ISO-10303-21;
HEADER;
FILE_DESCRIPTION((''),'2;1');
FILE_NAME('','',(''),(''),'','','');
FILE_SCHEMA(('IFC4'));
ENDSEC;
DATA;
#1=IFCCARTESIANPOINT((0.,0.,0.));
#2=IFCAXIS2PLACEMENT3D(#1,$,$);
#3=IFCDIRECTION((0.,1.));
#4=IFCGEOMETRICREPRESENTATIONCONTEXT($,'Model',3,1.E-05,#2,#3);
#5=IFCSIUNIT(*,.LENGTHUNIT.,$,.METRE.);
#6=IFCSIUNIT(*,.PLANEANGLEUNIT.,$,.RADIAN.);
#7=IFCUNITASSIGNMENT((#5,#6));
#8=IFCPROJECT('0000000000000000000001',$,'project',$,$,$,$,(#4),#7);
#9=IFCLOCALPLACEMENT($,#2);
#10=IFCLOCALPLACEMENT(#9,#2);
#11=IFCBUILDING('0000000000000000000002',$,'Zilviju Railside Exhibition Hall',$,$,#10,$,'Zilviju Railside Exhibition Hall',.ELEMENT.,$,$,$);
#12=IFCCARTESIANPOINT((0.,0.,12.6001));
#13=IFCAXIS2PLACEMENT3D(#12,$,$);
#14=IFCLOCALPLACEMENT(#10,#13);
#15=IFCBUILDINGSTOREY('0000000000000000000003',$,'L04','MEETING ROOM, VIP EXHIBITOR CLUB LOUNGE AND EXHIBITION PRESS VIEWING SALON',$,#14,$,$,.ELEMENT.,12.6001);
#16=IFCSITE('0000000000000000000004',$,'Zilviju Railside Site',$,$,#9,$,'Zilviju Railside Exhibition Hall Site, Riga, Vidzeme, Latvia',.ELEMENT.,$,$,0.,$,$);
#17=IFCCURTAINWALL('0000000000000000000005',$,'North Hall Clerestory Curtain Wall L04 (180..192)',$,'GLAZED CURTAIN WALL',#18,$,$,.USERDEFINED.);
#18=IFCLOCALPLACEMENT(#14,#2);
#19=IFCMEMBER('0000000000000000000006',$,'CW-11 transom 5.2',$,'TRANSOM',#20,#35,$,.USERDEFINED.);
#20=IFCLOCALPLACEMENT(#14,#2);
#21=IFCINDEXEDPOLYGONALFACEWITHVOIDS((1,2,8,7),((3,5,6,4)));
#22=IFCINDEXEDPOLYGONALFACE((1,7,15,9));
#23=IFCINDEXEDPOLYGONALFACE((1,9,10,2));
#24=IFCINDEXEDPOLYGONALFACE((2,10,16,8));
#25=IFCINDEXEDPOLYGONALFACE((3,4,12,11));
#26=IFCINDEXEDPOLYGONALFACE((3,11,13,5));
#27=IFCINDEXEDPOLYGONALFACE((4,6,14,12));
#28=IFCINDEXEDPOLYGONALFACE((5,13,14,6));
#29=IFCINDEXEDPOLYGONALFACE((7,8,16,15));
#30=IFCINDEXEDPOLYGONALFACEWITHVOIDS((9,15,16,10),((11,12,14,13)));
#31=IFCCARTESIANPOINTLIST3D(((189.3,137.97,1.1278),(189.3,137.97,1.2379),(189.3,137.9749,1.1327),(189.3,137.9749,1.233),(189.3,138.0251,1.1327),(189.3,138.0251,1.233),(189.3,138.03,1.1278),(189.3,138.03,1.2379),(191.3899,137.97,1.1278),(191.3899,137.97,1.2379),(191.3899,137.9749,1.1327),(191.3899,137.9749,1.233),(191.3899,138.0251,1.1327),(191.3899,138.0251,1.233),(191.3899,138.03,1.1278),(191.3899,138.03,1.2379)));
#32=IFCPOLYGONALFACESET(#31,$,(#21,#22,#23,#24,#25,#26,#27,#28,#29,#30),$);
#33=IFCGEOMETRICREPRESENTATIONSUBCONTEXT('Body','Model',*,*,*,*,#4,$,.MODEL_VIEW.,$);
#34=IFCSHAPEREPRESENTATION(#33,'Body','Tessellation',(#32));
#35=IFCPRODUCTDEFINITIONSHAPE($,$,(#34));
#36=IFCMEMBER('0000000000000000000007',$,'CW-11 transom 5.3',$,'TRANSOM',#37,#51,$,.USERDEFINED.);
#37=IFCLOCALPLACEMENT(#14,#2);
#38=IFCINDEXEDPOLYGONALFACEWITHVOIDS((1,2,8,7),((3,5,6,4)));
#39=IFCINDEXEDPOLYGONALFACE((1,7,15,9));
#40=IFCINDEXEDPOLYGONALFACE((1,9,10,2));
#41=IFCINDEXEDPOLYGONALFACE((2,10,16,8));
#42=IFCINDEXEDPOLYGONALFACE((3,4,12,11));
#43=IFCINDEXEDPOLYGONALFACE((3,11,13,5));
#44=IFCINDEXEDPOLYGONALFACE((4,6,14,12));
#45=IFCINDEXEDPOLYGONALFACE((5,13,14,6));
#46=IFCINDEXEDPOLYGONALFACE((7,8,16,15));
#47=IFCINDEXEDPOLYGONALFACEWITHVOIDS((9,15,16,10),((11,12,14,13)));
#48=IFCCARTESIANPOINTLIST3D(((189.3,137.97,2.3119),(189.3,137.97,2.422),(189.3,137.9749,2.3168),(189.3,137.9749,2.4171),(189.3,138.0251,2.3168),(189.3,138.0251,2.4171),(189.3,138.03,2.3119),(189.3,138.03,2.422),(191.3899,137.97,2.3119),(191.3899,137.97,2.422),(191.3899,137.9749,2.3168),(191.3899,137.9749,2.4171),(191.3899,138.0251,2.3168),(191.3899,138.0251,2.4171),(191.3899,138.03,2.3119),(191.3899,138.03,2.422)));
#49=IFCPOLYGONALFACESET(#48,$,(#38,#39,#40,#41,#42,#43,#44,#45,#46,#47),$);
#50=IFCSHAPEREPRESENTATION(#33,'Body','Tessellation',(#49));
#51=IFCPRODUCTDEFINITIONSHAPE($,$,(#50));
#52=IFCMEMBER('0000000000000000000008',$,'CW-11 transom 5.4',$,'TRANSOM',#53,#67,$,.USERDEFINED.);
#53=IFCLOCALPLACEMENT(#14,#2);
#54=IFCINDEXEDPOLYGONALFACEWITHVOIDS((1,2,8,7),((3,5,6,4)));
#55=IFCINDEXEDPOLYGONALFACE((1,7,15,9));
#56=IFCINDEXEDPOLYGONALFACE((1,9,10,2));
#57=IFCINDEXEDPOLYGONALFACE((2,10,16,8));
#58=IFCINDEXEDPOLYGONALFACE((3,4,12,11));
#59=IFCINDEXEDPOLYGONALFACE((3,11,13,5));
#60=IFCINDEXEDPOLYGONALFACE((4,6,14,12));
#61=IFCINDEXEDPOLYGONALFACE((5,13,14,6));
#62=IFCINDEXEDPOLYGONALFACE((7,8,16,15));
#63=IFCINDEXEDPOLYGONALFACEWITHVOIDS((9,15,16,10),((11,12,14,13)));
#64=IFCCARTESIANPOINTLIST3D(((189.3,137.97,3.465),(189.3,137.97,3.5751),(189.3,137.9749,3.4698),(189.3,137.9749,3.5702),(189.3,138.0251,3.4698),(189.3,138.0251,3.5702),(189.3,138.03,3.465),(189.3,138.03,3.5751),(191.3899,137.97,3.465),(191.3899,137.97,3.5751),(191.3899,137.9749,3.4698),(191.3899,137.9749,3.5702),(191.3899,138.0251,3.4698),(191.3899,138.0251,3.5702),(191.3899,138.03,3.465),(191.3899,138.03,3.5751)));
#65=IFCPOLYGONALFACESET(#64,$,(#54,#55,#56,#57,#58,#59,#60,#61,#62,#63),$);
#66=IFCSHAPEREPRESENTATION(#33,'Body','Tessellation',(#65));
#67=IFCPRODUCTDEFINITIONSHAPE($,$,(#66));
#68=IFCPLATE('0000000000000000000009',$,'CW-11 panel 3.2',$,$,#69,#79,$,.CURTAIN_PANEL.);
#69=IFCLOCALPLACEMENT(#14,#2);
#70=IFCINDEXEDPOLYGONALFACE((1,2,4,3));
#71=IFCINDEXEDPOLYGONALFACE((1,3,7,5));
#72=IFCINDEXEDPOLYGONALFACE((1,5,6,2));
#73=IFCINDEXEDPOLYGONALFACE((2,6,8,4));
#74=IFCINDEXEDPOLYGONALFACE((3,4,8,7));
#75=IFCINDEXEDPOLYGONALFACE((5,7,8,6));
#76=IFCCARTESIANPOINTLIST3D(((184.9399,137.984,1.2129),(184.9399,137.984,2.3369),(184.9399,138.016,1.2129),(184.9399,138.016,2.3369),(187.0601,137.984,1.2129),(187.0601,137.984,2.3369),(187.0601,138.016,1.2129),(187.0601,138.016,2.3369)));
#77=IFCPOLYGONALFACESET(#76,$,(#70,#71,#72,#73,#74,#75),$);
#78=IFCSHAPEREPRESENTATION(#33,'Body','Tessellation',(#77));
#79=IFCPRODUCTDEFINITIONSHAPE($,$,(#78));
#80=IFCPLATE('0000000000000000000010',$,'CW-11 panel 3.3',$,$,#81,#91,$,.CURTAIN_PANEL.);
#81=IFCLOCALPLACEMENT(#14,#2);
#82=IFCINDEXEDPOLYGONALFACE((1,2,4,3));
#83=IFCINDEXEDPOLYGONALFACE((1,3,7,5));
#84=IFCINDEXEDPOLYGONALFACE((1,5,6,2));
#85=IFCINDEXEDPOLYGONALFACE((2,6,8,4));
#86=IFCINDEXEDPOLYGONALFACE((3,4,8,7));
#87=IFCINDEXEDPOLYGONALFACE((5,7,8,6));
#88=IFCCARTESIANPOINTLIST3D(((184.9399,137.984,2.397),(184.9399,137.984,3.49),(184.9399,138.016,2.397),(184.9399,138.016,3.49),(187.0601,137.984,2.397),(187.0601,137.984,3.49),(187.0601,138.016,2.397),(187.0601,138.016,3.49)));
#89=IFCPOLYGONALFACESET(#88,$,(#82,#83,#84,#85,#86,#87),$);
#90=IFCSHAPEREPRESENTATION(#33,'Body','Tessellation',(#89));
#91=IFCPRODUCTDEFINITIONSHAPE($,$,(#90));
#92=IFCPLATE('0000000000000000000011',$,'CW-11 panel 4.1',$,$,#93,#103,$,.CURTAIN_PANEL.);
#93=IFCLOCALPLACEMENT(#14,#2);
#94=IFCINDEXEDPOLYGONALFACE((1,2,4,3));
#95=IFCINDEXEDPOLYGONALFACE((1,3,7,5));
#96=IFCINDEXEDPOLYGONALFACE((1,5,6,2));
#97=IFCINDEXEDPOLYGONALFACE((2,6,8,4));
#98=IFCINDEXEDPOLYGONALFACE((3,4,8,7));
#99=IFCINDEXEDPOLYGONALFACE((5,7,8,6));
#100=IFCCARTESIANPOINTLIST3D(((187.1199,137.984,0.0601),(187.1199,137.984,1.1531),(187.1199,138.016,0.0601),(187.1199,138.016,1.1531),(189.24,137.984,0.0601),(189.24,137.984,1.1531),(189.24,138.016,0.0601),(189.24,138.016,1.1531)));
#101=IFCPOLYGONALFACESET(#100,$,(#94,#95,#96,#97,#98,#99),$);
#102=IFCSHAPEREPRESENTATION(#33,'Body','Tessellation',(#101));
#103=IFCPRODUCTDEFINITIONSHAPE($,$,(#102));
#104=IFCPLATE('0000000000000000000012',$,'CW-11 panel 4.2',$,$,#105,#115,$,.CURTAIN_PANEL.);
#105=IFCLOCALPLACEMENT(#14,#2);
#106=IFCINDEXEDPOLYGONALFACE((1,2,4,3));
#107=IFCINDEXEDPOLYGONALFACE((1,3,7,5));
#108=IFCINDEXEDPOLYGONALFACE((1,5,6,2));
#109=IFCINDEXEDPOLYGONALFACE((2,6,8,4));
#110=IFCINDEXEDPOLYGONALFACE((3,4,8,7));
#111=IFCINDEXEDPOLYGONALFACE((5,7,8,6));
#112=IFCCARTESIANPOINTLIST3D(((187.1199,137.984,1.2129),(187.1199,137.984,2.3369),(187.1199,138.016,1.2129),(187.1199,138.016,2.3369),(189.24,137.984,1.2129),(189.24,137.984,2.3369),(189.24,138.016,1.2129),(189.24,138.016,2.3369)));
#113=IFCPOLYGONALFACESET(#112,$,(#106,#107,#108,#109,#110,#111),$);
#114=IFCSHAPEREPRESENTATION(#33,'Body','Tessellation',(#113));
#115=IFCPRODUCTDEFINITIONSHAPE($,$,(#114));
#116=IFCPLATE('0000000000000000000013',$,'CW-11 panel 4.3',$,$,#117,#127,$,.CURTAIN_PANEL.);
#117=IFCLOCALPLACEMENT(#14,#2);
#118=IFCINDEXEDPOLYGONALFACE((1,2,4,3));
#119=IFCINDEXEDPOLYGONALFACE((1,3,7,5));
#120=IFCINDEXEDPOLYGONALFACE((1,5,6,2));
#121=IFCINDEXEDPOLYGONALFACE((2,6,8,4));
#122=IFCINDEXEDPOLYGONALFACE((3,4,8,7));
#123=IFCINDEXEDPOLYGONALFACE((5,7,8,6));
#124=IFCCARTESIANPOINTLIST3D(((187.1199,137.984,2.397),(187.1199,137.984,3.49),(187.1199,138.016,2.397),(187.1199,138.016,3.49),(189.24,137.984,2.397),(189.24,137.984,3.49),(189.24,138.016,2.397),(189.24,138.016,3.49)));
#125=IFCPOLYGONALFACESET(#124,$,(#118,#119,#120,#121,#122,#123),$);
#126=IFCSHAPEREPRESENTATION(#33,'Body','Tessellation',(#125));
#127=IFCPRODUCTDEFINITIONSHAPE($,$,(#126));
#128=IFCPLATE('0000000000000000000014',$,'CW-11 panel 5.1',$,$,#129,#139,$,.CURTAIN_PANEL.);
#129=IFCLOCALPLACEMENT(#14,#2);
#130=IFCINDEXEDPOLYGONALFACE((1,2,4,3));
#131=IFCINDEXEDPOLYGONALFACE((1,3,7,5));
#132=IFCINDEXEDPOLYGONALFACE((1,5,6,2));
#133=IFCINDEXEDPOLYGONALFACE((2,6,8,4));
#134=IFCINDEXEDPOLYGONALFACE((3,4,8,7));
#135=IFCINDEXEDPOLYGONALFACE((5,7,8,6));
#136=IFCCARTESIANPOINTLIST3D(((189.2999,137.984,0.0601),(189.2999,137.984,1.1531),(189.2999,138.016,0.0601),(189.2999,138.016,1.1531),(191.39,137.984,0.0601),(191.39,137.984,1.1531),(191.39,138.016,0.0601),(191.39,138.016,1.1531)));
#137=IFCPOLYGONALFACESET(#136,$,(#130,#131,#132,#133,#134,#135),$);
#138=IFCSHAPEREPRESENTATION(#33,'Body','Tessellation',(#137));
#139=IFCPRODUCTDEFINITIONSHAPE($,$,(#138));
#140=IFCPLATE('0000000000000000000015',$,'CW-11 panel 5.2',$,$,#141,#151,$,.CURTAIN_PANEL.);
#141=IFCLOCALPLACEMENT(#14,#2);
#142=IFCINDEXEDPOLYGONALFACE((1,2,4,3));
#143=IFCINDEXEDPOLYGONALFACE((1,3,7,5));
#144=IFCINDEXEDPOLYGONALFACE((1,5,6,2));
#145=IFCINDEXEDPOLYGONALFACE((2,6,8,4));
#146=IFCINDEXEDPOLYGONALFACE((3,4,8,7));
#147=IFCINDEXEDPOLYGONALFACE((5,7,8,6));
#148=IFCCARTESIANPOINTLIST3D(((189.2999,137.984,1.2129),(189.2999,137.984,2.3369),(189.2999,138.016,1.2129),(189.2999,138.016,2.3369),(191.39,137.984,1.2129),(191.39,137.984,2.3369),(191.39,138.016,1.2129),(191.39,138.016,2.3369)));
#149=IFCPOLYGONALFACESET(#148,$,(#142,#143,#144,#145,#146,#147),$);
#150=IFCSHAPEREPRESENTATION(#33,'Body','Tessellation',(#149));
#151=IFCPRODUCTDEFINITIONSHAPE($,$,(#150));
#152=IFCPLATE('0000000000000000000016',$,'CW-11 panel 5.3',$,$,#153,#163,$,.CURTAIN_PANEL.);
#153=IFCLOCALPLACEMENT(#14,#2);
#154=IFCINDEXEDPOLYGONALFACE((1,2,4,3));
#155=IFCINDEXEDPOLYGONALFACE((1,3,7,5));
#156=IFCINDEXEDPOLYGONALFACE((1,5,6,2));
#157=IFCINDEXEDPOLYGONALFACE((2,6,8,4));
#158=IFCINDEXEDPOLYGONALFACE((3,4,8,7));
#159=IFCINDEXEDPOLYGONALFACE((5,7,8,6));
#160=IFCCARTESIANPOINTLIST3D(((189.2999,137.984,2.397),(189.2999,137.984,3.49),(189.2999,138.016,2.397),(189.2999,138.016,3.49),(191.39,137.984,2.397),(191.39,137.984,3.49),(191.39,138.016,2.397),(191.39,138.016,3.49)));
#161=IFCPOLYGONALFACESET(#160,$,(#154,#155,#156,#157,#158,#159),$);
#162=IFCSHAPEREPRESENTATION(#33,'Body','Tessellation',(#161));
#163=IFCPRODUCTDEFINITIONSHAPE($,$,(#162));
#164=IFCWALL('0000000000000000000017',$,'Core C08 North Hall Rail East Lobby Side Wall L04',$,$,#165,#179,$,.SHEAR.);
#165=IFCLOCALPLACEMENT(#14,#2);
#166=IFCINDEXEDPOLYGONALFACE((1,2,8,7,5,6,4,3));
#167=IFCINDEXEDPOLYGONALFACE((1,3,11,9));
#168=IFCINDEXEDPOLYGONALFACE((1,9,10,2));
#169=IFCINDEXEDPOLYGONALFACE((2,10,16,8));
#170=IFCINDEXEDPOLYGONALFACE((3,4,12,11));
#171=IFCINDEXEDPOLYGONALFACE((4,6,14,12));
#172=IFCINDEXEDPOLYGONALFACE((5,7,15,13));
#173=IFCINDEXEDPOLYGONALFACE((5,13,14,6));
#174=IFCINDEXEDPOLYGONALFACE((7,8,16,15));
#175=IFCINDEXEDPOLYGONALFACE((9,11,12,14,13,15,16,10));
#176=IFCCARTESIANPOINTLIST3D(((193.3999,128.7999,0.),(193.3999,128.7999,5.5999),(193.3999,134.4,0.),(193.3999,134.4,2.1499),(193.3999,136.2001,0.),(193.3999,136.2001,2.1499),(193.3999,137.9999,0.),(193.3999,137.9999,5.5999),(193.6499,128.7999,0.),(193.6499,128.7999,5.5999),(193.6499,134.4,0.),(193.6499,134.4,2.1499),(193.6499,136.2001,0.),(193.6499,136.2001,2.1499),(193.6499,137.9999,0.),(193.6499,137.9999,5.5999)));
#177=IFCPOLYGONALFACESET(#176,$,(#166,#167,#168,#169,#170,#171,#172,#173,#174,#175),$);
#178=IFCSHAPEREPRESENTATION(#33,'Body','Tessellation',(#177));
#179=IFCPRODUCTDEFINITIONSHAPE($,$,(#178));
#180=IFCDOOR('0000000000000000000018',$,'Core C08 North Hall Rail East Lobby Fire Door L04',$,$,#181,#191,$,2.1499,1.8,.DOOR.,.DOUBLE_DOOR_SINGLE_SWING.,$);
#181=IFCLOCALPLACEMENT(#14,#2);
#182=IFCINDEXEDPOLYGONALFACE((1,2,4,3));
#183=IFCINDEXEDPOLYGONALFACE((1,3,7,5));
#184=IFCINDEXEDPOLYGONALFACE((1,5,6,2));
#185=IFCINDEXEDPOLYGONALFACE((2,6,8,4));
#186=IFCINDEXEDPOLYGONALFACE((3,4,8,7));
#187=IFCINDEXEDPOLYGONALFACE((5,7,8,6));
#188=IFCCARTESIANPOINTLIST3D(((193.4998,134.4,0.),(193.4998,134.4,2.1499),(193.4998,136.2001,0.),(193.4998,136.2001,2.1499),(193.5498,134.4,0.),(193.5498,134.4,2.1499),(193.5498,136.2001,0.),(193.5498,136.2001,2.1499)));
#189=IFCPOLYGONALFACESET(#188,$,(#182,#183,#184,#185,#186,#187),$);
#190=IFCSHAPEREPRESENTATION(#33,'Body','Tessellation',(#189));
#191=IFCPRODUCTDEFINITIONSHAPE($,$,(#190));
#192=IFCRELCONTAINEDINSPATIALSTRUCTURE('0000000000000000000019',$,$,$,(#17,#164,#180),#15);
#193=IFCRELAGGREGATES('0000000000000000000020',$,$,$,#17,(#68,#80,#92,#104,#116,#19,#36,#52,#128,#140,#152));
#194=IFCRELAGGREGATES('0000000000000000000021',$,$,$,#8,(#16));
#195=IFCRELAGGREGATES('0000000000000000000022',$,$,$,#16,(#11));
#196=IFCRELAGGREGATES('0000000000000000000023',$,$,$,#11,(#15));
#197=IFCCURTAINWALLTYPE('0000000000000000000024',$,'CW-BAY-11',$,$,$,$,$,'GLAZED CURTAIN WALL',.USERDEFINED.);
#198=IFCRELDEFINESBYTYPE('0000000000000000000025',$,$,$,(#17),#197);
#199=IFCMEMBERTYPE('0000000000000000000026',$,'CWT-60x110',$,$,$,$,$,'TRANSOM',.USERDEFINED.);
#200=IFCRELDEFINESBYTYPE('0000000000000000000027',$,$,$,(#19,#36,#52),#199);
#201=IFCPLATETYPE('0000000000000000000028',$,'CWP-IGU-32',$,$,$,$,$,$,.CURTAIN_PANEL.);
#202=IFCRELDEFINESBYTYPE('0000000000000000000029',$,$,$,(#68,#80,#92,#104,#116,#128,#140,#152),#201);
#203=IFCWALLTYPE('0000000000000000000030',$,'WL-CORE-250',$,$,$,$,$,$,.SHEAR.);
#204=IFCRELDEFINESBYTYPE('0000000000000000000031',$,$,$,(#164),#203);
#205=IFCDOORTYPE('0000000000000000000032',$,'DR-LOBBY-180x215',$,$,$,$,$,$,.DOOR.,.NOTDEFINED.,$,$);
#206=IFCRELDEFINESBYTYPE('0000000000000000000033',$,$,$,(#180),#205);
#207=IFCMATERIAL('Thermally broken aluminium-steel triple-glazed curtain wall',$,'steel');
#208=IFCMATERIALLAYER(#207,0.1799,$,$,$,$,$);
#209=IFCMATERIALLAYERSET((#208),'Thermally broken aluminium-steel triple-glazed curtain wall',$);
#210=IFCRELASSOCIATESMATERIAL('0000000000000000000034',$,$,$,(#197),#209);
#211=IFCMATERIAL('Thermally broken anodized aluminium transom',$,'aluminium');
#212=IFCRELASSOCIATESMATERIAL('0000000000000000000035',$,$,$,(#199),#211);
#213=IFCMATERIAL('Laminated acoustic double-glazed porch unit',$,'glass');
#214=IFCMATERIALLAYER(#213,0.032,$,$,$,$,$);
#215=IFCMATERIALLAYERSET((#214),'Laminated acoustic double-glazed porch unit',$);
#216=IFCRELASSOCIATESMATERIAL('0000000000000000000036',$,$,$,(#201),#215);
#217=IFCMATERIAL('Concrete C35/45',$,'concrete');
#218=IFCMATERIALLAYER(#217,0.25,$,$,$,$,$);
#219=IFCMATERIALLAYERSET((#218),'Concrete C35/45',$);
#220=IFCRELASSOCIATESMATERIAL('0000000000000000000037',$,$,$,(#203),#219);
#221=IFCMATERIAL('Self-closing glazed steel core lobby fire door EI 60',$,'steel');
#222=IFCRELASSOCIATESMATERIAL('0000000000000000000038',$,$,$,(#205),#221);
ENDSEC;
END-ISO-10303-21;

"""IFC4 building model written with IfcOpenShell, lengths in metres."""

from ifc_helpers import new_model, si_unit, direction, frame, frame_2d, origin, origin_2d, place, context, subcontext, project, spatial, rectangle, hollow_rectangle, extrude, material, layer, layer_set, material_profile, profile_set, type_object, element, fill, aggregate, save


model = new_model("IFC4")

# Units and contexts
model_context = context("Model", 3, precision=1e-05, world=origin(), true_north=direction((0.0, 1.0)))
body_context = subcontext(model_context, "Body", "Model", "MODEL_VIEW")
ifc_project = project(units=[si_unit("LENGTHUNIT", "METRE"), si_unit("PLANEANGLEUNIT", "RADIAN")], contexts=[model_context])

# Site, building, storey
site_placement = place(None, origin())
site = spatial("IfcSite", under=ifc_project, at=site_placement, Name="Zilviju Railside Site", LongName="Zilviju Railside Exhibition Hall Site, Riga, Vidzeme, Latvia", CompositionType="ELEMENT", RefElevation=0.0)
building_placement = place(site_placement, origin())
building = spatial("IfcBuilding", under=site, at=building_placement, Name="Zilviju Railside Exhibition Hall", LongName="Zilviju Railside Exhibition Hall", CompositionType="ELEMENT")
storey_placement = place(building_placement, frame((0.0, 0.0, 12.6001)))
storey = spatial("IfcBuildingStorey", under=building, at=storey_placement, Name="L04", Description="MEETING ROOM, VIP EXHIBITOR CLUB LOUNGE AND EXHIBITION PRESS VIEWING SALON", CompositionType="ELEMENT", Elevation=12.6001)

# Curtain wall, members, plates
ifc_material_1 = material(Name="Thermally broken aluminium-steel triple-glazed curtain wall", Category="steel")
ifc_layer_1 = layer(ifc_material_1, 0.1799)
ifc_layer_set_1 = layer_set([ifc_layer_1], Name="Thermally broken aluminium-steel triple-glazed curtain wall")
curtain_wall_type = type_object("IfcCurtainWallType", Name="CW-BAY-11", ElementType="GLAZED CURTAIN WALL", PredefinedType="USERDEFINED", material=ifc_layer_set_1)
curtain_wall_placement = place(storey_placement, origin())
curtain_wall = element("IfcCurtainWall", 1, at=curtain_wall_placement, inside=storey, type_object=curtain_wall_type, Name="North Hall Clerestory Curtain Wall L04 (180..192)", ObjectType="GLAZED CURTAIN WALL", PredefinedType="USERDEFINED")
ifc_material_2 = material(Name="Thermally broken anodized aluminium transom", Category="aluminium")
ifc_material_profile_1 = material_profile(ifc_material_2, hollow_rectangle(XDim=0.0601, YDim=0.1101, WallThickness=0.0049, at=origin_2d()), Name="TRANSOM 110x60x5")
ifc_profile_set_1 = profile_set([ifc_material_profile_1], Name="Thermally broken anodized aluminium transom")
member_type_1 = type_object("IfcMemberType", Name="CWT-60x110", ElementType="TRANSOM", PredefinedType="USERDEFINED", material=ifc_profile_set_1)
member_1_placement = place(storey_placement, frame((189.3, 138.0, 1.1829), z_axis=(1.0, 0.0, 0.0), x_axis=(0.0, 1.0, 0.0)))
member_1 = element("IfcMember", 2, at=member_1_placement, type_object=member_type_1, Name="CW-11 transom 5.2", ObjectType="TRANSOM", PredefinedType="USERDEFINED", context=body_context, shape_type="SweptSolid", body=[
    extrude(hollow_rectangle(XDim=0.0601, YDim=0.1101, WallThickness=0.0049, at=origin_2d()), origin(), (0.0, 0.0, 1.0), 2.0898),
])
member_2_placement = place(storey_placement, frame((189.3, 138.0, 2.3669), z_axis=(1.0, 0.0, 0.0), x_axis=(0.0, 1.0, 0.0)))
member_2 = element("IfcMember", 3, at=member_2_placement, type_object=member_type_1, Name="CW-11 transom 5.3", ObjectType="TRANSOM", PredefinedType="USERDEFINED", context=body_context, shape_type="SweptSolid", body=[
    extrude(hollow_rectangle(XDim=0.0601, YDim=0.1101, WallThickness=0.0049, at=origin_2d()), origin(), (0.0, 0.0, 1.0), 2.0898),
])
member_3_placement = place(storey_placement, frame((189.3, 138.0, 3.52), z_axis=(1.0, 0.0, 0.0), x_axis=(0.0, 1.0, 0.0)))
member_3 = element("IfcMember", 4, at=member_3_placement, type_object=member_type_1, Name="CW-11 transom 5.4", ObjectType="TRANSOM", PredefinedType="USERDEFINED", context=body_context, shape_type="SweptSolid", body=[
    extrude(hollow_rectangle(XDim=0.0601, YDim=0.1101, WallThickness=0.0049, at=origin_2d()), origin(), (0.0, 0.0, 1.0), 2.0898),
])
ifc_material_3 = material(Name="Laminated acoustic double-glazed porch unit", Category="glass")
ifc_layer_2 = layer(ifc_material_3, 0.032)
ifc_layer_set_2 = layer_set([ifc_layer_2], Name="Laminated acoustic double-glazed porch unit")
plate_type = type_object("IfcPlateType", Name="CWP-IGU-32", PredefinedType="CURTAIN_PANEL", material=ifc_layer_set_2)
plate_1_placement = place(storey_placement, frame((186.0, 138.0, 1.2129), z_axis=(0.0, 0.0, 1.0), x_axis=(1.0, 0.0, 0.0)))
plate_1 = element("IfcPlate", 5, at=plate_1_placement, type_object=plate_type, Name="CW-11 panel 3.2", PredefinedType="CURTAIN_PANEL", context=body_context, shape_type="SweptSolid", body=[
    extrude(rectangle(XDim=2.1201, YDim=0.032, at=origin_2d()), origin(), (0.0, 0.0, 1.0), 1.124),
])
plate_2_placement = place(storey_placement, frame((186.0, 138.0, 2.397), z_axis=(0.0, 0.0, 1.0), x_axis=(1.0, 0.0, 0.0)))
plate_2 = element("IfcPlate", 6, at=plate_2_placement, type_object=plate_type, Name="CW-11 panel 3.3", PredefinedType="CURTAIN_PANEL", context=body_context, shape_type="SweptSolid", body=[
    extrude(rectangle(XDim=2.1201, YDim=0.032, at=origin_2d()), origin(), (0.0, 0.0, 1.0), 1.093),
])
plate_3_placement = place(storey_placement, frame((188.1799, 138.0, 0.0601), z_axis=(0.0, 0.0, 1.0), x_axis=(1.0, 0.0, 0.0)))
plate_3 = element("IfcPlate", 7, at=plate_3_placement, type_object=plate_type, Name="CW-11 panel 4.1", PredefinedType="CURTAIN_PANEL", context=body_context, shape_type="SweptSolid", body=[
    extrude(rectangle(XDim=2.1201, YDim=0.032, at=origin_2d()), origin(), (0.0, 0.0, 1.0), 1.093),
])
plate_4_placement = place(storey_placement, frame((188.1799, 138.0, 1.2129), z_axis=(0.0, 0.0, 1.0), x_axis=(1.0, 0.0, 0.0)))
plate_4 = element("IfcPlate", 8, at=plate_4_placement, type_object=plate_type, Name="CW-11 panel 4.2", PredefinedType="CURTAIN_PANEL", context=body_context, shape_type="SweptSolid", body=[
    extrude(rectangle(XDim=2.1201, YDim=0.032, at=origin_2d()), origin(), (0.0, 0.0, 1.0), 1.124),
])
plate_5_placement = place(storey_placement, frame((188.1799, 138.0, 2.397), z_axis=(0.0, 0.0, 1.0), x_axis=(1.0, 0.0, 0.0)))
plate_5 = element("IfcPlate", 9, at=plate_5_placement, type_object=plate_type, Name="CW-11 panel 4.3", PredefinedType="CURTAIN_PANEL", context=body_context, shape_type="SweptSolid", body=[
    extrude(rectangle(XDim=2.1201, YDim=0.032, at=origin_2d()), origin(), (0.0, 0.0, 1.0), 1.093),
])
plate_6_placement = place(storey_placement, frame((190.345, 138.0, 0.0601), z_axis=(0.0, 0.0, 1.0), x_axis=(1.0, 0.0, 0.0)))
plate_6 = element("IfcPlate", 10, at=plate_6_placement, type_object=plate_type, Name="CW-11 panel 5.1", PredefinedType="CURTAIN_PANEL", context=body_context, shape_type="SweptSolid", body=[
    extrude(rectangle(XDim=2.0901, YDim=0.032, at=origin_2d()), origin(), (0.0, 0.0, 1.0), 1.093),
])
plate_7_placement = place(storey_placement, frame((190.345, 138.0, 1.2129), z_axis=(0.0, 0.0, 1.0), x_axis=(1.0, 0.0, 0.0)))
plate_7 = element("IfcPlate", 11, at=plate_7_placement, type_object=plate_type, Name="CW-11 panel 5.2", PredefinedType="CURTAIN_PANEL", context=body_context, shape_type="SweptSolid", body=[
    extrude(rectangle(XDim=2.0901, YDim=0.032, at=origin_2d()), origin(), (0.0, 0.0, 1.0), 1.124),
])
plate_8_placement = place(storey_placement, frame((190.345, 138.0, 2.397), z_axis=(0.0, 0.0, 1.0), x_axis=(1.0, 0.0, 0.0)))
plate_8 = element("IfcPlate", 12, at=plate_8_placement, type_object=plate_type, Name="CW-11 panel 5.3", PredefinedType="CURTAIN_PANEL", context=body_context, shape_type="SweptSolid", body=[
    extrude(rectangle(XDim=2.0901, YDim=0.032, at=origin_2d()), origin(), (0.0, 0.0, 1.0), 1.093),
])
aggregate(curtain_wall, [plate_1, plate_2, plate_3, plate_4, plate_5, member_1, member_2, member_3, plate_6, plate_7, plate_8])

# Wall, opening, door
ifc_material_4 = material(Name="Concrete C35/45", Category="concrete")
ifc_layer_3 = layer(ifc_material_4, 0.25)
ifc_layer_set_3 = layer_set([ifc_layer_3], Name="Concrete C35/45")
wall_type_1 = type_object("IfcWallType", Name="WL-CORE-250", PredefinedType="SHEAR", material=ifc_layer_set_3)
wall_1_placement = place(storey_placement, frame((193.5249, 138.0, 0.0), z_axis=(0.0, 0.0, 1.0), x_axis=(0.0, -1.0, 0.0)))
wall_1 = element("IfcWall", 13, at=wall_1_placement, inside=storey, type_object=wall_type_1, Name="Core C08 North Hall Rail East Lobby Side Wall L04", PredefinedType="SHEAR", context=body_context, shape_type="SweptSolid", body=[
    extrude(rectangle(XDim=9.2, YDim=0.25, at=frame_2d((4.6001, 0.0))), origin(), (0.0, 0.0, 1.0), 5.5999),
])
opening_placement = place(wall_1_placement, frame((1.8, 0.0, 0.0)))
opening = element("IfcOpeningElement", 14, at=opening_placement, cuts=wall_1, PredefinedType="OPENING", context=body_context, shape_type="SweptSolid", body=[
    extrude(rectangle(XDim=1.8, YDim=2.1499, at=frame_2d((0.8999, 1.075))), frame((0.0, 0.135, 0.0), z_axis=(0.0, -1.0, 0.0), x_axis=(1.0, 0.0, 0.0)), (0.0, 0.0, 1.0), 0.27),
])
ifc_material_5 = material(Name="Self-closing glazed steel core lobby fire door EI 60", Category="steel")
door_type = type_object("IfcDoorType", Name="DR-LOBBY-180x215", OperationType="NOTDEFINED", PredefinedType="DOOR", material=ifc_material_5)
door_placement = place(opening_placement, origin())
door = element("IfcDoor", 15, at=door_placement, inside=storey, type_object=door_type, Name="Core C08 North Hall Rail East Lobby Fire Door L04", OperationType="DOUBLE_DOOR_SINGLE_SWING", OverallHeight=2.1499, OverallWidth=1.8, PredefinedType="DOOR", context=body_context, shape_type="SweptSolid", body=[
    extrude(rectangle(XDim=1.8, YDim=2.1499, at=frame_2d((0.8999, 1.075))), frame((0.0, 0.0249, 0.0), z_axis=(0.0, -1.0, 0.0), x_axis=(1.0, 0.0, 0.0)), (0.0, 0.0, 1.0), 0.05),
])
fill(opening, door)

save(model, "model.ifc")
